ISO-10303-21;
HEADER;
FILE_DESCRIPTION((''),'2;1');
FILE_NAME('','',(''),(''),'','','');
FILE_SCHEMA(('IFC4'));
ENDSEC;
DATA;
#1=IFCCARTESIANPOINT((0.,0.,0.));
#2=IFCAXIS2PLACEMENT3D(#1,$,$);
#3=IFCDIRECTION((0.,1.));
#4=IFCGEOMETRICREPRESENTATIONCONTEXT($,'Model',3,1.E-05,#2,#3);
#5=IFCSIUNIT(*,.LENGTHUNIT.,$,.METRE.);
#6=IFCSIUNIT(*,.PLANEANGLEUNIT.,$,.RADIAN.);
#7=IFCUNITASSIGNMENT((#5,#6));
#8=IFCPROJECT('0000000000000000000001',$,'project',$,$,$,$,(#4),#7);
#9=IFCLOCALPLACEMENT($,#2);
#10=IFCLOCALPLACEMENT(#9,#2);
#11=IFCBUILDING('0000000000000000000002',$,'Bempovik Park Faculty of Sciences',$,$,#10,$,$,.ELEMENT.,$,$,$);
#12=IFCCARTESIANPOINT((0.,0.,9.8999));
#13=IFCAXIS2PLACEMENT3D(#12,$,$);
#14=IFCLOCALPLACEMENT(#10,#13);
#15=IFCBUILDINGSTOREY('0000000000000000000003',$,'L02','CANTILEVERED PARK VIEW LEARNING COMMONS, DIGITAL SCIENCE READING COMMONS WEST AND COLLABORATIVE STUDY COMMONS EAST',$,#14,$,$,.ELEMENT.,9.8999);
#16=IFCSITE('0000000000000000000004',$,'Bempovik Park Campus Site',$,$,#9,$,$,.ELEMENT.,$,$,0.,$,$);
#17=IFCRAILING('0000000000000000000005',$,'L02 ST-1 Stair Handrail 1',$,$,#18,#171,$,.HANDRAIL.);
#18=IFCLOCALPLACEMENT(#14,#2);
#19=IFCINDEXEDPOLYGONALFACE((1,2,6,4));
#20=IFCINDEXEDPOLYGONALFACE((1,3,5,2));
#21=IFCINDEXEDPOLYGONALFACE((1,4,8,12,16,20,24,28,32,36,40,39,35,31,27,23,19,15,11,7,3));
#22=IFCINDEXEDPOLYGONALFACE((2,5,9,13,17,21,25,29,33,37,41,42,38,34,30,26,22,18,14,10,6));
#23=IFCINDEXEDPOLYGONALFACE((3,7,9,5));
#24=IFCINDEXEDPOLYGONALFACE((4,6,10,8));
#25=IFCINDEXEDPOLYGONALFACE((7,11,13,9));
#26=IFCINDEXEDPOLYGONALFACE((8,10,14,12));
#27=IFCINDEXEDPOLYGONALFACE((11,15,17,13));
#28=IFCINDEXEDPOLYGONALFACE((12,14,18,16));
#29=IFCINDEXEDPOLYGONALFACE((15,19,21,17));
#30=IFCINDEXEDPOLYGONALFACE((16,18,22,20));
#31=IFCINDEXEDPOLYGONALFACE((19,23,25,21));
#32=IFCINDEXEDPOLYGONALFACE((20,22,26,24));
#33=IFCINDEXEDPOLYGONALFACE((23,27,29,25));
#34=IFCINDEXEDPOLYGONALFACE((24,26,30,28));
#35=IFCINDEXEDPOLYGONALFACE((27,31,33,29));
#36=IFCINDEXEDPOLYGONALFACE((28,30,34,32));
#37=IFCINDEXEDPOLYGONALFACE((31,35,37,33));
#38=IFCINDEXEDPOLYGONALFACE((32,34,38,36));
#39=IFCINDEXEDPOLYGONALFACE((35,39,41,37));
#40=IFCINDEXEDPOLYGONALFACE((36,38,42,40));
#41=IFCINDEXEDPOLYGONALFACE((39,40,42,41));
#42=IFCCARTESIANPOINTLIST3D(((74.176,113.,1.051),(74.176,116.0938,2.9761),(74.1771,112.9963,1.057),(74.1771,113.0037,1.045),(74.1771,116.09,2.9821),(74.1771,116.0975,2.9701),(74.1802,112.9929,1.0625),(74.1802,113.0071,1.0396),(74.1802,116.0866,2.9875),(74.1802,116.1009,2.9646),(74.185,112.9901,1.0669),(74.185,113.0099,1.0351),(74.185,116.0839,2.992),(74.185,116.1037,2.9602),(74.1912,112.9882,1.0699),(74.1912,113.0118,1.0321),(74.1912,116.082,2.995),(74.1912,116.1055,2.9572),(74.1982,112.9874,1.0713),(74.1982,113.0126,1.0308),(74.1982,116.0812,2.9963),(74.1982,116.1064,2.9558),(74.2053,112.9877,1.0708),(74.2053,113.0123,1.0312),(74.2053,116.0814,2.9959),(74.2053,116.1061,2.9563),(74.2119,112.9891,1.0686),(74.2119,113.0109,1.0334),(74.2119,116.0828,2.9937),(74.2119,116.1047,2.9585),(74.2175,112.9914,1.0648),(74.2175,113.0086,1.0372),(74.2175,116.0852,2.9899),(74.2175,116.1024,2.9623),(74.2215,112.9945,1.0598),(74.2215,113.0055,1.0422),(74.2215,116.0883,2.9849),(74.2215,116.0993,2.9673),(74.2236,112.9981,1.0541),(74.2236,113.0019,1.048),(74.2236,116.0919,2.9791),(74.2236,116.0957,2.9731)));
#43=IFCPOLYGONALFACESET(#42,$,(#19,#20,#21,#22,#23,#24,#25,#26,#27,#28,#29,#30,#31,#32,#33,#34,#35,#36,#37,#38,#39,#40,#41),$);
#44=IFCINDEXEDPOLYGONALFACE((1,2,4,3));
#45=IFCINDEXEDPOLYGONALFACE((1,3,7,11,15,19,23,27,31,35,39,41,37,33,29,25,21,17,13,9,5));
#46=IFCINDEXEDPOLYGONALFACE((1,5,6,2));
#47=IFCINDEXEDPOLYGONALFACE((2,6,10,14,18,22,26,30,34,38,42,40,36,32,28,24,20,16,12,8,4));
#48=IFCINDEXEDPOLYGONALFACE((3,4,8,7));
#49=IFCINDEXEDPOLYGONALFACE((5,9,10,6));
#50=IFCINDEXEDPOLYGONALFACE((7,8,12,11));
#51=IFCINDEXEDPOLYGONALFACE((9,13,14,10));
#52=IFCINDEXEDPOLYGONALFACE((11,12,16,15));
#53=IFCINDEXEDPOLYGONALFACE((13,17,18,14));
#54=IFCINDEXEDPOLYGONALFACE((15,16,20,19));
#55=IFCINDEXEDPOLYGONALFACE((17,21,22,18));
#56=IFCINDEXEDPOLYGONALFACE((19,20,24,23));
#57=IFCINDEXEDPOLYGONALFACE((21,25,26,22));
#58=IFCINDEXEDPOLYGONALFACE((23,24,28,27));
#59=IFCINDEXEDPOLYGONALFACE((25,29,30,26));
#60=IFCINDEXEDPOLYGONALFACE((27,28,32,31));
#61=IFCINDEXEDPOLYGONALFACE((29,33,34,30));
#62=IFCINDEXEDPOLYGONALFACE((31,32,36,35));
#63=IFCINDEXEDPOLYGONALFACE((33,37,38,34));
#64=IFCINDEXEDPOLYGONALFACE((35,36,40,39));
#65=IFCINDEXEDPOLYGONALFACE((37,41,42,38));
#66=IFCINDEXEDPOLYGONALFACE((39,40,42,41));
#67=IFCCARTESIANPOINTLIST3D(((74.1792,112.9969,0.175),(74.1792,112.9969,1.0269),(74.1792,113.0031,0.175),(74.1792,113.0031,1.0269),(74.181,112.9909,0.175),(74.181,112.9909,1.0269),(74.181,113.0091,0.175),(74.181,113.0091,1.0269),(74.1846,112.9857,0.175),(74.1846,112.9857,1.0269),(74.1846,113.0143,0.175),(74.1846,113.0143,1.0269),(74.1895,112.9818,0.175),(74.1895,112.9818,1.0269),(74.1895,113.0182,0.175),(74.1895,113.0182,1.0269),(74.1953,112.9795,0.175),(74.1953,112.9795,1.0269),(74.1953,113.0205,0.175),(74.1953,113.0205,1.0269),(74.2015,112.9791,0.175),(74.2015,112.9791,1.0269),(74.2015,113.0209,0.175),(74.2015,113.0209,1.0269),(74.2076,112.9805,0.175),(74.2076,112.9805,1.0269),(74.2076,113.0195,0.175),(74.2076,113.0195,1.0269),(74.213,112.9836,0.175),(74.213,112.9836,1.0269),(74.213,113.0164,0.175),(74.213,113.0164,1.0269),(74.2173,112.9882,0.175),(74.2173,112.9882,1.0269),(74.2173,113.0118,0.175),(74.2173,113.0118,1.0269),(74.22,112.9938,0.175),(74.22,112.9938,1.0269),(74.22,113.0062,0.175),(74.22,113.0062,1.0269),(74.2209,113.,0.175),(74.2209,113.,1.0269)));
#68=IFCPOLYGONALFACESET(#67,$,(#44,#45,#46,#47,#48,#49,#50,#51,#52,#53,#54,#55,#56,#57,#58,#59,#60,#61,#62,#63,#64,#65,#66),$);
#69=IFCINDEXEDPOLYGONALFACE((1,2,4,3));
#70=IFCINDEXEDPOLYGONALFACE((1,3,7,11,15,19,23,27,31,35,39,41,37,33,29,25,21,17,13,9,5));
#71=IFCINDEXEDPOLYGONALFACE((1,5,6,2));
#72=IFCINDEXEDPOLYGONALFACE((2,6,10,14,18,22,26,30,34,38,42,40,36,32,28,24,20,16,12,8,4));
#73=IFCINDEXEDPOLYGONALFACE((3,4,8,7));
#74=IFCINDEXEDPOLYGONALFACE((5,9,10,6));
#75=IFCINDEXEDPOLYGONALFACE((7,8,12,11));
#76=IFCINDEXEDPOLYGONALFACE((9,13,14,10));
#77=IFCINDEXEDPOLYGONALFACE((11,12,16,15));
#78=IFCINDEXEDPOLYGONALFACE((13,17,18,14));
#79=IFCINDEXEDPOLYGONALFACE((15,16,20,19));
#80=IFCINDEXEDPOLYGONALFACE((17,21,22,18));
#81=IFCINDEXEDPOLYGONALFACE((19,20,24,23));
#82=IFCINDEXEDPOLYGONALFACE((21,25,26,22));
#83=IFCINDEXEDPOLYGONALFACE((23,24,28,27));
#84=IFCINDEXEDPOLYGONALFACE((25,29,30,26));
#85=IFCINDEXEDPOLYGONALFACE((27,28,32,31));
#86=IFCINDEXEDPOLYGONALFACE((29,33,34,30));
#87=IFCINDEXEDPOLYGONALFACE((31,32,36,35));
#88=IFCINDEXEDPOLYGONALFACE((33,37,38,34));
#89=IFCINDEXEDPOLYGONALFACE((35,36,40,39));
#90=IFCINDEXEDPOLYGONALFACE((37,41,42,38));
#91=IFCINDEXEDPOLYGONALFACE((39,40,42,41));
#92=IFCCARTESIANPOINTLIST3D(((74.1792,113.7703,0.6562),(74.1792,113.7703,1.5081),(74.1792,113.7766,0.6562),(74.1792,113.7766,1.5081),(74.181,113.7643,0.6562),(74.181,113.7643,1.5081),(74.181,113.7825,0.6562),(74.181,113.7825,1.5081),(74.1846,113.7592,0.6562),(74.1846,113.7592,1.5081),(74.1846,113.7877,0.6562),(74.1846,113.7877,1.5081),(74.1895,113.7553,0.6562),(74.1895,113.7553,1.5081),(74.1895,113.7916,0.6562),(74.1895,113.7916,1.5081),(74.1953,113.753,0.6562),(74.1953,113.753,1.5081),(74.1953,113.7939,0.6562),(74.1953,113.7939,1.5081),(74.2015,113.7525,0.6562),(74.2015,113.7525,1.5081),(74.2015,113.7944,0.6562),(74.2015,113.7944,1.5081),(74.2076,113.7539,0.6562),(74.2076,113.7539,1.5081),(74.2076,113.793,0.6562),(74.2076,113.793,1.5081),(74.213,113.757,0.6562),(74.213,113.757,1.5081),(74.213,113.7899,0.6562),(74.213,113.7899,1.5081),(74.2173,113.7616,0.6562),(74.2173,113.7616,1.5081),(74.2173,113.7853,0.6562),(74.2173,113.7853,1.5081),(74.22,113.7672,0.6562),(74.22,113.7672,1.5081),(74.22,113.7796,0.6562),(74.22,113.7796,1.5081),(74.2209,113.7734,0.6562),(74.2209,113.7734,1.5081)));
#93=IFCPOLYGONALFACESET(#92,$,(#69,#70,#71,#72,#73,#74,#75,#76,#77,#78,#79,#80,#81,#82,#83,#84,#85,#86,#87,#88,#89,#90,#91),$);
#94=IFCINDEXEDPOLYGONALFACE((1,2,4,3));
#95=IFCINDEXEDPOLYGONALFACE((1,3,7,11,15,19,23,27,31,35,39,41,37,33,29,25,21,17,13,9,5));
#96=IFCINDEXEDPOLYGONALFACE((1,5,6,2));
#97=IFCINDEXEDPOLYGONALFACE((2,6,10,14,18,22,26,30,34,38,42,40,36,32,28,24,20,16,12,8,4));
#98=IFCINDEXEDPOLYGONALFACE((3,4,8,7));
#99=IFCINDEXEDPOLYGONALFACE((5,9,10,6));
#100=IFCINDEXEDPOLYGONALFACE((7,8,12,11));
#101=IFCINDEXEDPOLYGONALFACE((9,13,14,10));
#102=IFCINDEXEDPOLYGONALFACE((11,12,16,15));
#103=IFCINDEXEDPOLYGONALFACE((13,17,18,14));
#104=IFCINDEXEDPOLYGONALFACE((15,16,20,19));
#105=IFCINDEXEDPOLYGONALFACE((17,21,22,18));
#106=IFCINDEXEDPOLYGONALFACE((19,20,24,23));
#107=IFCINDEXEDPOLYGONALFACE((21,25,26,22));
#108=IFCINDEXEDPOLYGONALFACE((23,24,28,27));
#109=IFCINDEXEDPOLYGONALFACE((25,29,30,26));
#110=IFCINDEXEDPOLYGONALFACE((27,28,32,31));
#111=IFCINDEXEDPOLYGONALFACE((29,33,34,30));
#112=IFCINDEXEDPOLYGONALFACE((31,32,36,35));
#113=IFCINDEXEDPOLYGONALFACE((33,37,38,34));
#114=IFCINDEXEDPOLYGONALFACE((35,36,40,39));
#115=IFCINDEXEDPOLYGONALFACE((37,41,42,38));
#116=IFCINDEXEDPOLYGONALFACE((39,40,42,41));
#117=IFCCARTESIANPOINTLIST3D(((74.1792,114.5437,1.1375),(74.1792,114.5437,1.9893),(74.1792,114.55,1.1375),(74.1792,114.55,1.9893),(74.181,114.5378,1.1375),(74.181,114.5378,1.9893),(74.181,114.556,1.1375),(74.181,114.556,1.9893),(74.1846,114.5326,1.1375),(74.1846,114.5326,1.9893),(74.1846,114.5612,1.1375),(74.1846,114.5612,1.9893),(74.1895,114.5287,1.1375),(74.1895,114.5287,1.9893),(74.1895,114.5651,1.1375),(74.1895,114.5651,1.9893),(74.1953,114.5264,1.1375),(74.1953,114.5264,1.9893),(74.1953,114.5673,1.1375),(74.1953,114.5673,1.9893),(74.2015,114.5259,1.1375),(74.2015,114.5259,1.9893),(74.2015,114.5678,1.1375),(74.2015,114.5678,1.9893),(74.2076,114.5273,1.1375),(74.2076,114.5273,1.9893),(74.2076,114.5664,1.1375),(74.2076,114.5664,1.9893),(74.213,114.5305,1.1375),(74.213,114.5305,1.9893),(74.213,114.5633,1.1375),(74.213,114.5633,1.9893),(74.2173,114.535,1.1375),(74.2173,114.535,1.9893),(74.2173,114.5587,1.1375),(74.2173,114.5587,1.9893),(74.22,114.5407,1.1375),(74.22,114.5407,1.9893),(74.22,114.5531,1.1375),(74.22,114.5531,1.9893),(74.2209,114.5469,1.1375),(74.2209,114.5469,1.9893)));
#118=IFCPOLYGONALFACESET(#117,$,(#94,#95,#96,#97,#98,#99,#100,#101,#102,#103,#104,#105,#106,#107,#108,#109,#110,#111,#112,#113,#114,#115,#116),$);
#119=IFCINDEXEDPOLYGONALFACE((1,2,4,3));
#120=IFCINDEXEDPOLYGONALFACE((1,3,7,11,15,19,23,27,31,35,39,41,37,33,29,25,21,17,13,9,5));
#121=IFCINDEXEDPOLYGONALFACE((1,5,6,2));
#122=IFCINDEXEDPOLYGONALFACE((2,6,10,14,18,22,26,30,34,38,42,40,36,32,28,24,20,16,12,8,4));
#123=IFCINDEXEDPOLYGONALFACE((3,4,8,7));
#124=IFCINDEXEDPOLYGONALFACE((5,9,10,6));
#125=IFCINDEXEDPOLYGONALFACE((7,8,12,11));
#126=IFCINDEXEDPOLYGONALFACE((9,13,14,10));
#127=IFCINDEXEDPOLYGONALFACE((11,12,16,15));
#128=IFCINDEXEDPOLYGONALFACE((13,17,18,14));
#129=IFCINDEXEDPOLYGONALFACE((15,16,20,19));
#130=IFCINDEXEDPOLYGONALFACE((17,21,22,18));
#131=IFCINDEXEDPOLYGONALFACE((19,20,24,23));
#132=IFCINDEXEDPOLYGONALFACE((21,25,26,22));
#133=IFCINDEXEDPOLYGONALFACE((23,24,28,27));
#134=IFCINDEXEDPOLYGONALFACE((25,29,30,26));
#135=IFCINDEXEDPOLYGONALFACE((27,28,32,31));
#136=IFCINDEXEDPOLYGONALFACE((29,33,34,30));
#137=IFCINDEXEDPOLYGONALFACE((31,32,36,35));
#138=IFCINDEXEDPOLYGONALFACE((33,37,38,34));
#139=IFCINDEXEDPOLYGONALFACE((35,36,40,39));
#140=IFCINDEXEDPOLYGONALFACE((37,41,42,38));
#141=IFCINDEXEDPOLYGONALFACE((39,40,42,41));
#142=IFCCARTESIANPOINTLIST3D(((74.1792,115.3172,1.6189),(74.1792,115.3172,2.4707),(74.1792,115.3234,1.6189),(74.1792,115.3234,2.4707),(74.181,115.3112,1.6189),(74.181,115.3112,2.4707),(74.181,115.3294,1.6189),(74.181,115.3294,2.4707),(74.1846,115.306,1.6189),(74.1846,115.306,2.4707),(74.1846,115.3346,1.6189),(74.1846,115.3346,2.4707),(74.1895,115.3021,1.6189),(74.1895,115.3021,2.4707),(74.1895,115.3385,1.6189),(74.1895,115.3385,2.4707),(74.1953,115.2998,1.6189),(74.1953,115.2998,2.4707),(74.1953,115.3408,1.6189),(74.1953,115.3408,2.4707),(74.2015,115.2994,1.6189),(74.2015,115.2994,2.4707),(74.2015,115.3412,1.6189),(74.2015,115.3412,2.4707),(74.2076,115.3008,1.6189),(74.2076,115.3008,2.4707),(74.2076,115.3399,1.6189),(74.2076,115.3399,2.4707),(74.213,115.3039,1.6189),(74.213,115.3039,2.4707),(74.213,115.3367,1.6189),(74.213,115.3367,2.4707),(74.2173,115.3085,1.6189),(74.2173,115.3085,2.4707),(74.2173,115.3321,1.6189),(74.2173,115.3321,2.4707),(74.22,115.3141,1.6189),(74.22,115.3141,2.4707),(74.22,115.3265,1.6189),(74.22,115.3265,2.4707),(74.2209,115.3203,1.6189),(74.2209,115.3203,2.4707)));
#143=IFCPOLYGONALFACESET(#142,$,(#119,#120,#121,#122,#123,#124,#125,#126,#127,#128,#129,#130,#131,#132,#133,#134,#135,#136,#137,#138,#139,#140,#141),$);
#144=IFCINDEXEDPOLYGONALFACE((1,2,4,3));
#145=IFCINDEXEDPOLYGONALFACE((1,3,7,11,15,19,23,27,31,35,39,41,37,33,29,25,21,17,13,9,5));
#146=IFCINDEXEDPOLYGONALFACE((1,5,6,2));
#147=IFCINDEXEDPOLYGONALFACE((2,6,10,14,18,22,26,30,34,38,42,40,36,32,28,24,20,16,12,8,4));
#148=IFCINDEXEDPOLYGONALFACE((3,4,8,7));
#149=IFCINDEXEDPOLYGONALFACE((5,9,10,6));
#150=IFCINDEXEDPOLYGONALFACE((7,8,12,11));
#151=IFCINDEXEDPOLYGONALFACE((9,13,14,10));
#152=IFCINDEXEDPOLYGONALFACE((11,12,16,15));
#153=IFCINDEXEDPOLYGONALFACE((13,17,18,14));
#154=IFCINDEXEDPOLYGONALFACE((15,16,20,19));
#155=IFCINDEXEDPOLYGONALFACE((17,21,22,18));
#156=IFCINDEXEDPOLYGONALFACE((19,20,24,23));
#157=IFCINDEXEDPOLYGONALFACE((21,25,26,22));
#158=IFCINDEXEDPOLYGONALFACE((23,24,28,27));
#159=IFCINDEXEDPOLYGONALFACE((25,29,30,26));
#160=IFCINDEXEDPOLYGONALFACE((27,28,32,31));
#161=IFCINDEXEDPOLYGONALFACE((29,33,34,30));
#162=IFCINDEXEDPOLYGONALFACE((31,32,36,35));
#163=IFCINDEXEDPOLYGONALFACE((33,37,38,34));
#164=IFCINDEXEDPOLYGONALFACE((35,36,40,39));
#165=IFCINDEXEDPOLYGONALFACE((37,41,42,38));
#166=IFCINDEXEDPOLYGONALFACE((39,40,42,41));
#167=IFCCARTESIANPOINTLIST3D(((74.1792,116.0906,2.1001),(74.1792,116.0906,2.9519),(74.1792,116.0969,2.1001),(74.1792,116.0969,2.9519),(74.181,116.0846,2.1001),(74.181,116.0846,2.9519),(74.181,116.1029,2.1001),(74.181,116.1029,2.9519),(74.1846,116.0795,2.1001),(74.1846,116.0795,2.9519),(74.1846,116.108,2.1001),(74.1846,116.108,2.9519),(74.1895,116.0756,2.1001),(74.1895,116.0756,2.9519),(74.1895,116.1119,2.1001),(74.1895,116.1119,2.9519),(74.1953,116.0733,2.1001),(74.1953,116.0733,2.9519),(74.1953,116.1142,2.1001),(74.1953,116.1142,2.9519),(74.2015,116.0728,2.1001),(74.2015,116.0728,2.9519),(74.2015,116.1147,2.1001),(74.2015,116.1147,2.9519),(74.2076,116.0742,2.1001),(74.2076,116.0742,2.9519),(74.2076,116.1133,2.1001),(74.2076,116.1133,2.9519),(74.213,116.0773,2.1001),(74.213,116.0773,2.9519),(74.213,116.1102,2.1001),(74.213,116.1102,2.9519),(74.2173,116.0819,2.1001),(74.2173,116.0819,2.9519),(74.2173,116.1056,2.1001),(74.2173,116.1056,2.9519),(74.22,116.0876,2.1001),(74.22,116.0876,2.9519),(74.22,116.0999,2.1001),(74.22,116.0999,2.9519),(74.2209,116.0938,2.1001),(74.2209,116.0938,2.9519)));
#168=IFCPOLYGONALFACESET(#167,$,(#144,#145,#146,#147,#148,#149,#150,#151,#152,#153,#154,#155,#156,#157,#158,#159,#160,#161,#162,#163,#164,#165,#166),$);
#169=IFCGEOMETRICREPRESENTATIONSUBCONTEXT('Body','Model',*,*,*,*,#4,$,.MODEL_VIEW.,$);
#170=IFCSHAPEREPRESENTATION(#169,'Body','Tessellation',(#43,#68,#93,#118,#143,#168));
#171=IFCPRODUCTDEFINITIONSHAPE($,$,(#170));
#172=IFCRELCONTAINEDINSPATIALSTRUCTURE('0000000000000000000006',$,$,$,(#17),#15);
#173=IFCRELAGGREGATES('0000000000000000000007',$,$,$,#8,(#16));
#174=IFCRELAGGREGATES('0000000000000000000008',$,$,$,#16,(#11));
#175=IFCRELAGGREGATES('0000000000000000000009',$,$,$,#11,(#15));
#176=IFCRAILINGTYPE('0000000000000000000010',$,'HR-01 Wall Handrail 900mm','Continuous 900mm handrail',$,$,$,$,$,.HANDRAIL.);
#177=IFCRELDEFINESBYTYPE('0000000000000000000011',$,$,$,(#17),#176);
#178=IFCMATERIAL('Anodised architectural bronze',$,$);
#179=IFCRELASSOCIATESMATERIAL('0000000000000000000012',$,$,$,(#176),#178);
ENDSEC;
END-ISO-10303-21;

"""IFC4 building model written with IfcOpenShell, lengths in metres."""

from ifc_helpers import new_model, si_unit, direction, frame, origin, origin_2d, place, context, subcontext, project, spatial, circle, extrude, material, type_object, element, save


model = new_model("IFC4")

# Units and contexts
model_context = context("Model", 3, precision=1e-05, world=origin(), true_north=direction((0.0, 1.0)))
body_context = subcontext(model_context, "Body", "Model", "MODEL_VIEW")
ifc_project = project(units=[si_unit("LENGTHUNIT", "METRE"), si_unit("PLANEANGLEUNIT", "RADIAN")], contexts=[model_context])

# Site, building, storey
site_placement = place(None, origin())
site = spatial("IfcSite", under=ifc_project, at=site_placement, Name="Bempovik Park Campus Site", CompositionType="ELEMENT", RefElevation=0.0)
building_placement = place(site_placement, origin())
building = spatial("IfcBuilding", under=site, at=building_placement, Name="Bempovik Park Faculty of Sciences", CompositionType="ELEMENT")
storey_placement = place(building_placement, frame((0.0, 0.0, 9.8999)))
storey = spatial("IfcBuildingStorey", under=building, at=storey_placement, Name="L02", Description="CANTILEVERED PARK VIEW LEARNING COMMONS, DIGITAL SCIENCE READING COMMONS WEST AND COLLABORATIVE STUDY COMMONS EAST", CompositionType="ELEMENT", Elevation=9.8999)

# Railing
ifc_material_1 = material(Name="Anodised architectural bronze")
railing_type_1 = type_object("IfcRailingType", Name="HR-01 Wall Handrail 900mm", Description="Continuous 900mm handrail", PredefinedType="HANDRAIL", material=ifc_material_1)
railing_1_placement = place(storey_placement, frame((74.2, 113.0, 0.175)))
element("IfcRailing", 1, at=railing_1_placement, inside=storey, type_object=railing_type_1, Name="L02 ST-1 Stair Handrail 1", PredefinedType="HANDRAIL", context=body_context, shape_type="SweptSolid", body=[
    extrude(circle(Radius=0.0239, at=origin_2d()), frame((0.0, 0.0, 0.876), z_axis=(0.0, 0.849051, 0.528312), x_axis=(-1.0, 0.0, 0.0)), (0.0, 0.0, 1.0), 3.6438),
    extrude(circle(Radius=0.021, at=origin_2d()), origin(), (0.0, 0.0, 1.0), 0.8518),
    extrude(circle(Radius=0.021, at=origin_2d()), frame((0.0, 0.7734, 0.4812)), (0.0, 0.0, 1.0), 0.8518),
    extrude(circle(Radius=0.021, at=origin_2d()), frame((0.0, 1.5469, 0.9624)), (0.0, 0.0, 1.0), 0.8518),
    extrude(circle(Radius=0.021, at=origin_2d()), frame((0.0, 2.3203, 1.4438)), (0.0, 0.0, 1.0), 0.8518),
    extrude(circle(Radius=0.021, at=origin_2d()), frame((0.0, 3.0938, 1.925)), (0.0, 0.0, 1.0), 0.8518),
])

save(model, "model.ifc")
